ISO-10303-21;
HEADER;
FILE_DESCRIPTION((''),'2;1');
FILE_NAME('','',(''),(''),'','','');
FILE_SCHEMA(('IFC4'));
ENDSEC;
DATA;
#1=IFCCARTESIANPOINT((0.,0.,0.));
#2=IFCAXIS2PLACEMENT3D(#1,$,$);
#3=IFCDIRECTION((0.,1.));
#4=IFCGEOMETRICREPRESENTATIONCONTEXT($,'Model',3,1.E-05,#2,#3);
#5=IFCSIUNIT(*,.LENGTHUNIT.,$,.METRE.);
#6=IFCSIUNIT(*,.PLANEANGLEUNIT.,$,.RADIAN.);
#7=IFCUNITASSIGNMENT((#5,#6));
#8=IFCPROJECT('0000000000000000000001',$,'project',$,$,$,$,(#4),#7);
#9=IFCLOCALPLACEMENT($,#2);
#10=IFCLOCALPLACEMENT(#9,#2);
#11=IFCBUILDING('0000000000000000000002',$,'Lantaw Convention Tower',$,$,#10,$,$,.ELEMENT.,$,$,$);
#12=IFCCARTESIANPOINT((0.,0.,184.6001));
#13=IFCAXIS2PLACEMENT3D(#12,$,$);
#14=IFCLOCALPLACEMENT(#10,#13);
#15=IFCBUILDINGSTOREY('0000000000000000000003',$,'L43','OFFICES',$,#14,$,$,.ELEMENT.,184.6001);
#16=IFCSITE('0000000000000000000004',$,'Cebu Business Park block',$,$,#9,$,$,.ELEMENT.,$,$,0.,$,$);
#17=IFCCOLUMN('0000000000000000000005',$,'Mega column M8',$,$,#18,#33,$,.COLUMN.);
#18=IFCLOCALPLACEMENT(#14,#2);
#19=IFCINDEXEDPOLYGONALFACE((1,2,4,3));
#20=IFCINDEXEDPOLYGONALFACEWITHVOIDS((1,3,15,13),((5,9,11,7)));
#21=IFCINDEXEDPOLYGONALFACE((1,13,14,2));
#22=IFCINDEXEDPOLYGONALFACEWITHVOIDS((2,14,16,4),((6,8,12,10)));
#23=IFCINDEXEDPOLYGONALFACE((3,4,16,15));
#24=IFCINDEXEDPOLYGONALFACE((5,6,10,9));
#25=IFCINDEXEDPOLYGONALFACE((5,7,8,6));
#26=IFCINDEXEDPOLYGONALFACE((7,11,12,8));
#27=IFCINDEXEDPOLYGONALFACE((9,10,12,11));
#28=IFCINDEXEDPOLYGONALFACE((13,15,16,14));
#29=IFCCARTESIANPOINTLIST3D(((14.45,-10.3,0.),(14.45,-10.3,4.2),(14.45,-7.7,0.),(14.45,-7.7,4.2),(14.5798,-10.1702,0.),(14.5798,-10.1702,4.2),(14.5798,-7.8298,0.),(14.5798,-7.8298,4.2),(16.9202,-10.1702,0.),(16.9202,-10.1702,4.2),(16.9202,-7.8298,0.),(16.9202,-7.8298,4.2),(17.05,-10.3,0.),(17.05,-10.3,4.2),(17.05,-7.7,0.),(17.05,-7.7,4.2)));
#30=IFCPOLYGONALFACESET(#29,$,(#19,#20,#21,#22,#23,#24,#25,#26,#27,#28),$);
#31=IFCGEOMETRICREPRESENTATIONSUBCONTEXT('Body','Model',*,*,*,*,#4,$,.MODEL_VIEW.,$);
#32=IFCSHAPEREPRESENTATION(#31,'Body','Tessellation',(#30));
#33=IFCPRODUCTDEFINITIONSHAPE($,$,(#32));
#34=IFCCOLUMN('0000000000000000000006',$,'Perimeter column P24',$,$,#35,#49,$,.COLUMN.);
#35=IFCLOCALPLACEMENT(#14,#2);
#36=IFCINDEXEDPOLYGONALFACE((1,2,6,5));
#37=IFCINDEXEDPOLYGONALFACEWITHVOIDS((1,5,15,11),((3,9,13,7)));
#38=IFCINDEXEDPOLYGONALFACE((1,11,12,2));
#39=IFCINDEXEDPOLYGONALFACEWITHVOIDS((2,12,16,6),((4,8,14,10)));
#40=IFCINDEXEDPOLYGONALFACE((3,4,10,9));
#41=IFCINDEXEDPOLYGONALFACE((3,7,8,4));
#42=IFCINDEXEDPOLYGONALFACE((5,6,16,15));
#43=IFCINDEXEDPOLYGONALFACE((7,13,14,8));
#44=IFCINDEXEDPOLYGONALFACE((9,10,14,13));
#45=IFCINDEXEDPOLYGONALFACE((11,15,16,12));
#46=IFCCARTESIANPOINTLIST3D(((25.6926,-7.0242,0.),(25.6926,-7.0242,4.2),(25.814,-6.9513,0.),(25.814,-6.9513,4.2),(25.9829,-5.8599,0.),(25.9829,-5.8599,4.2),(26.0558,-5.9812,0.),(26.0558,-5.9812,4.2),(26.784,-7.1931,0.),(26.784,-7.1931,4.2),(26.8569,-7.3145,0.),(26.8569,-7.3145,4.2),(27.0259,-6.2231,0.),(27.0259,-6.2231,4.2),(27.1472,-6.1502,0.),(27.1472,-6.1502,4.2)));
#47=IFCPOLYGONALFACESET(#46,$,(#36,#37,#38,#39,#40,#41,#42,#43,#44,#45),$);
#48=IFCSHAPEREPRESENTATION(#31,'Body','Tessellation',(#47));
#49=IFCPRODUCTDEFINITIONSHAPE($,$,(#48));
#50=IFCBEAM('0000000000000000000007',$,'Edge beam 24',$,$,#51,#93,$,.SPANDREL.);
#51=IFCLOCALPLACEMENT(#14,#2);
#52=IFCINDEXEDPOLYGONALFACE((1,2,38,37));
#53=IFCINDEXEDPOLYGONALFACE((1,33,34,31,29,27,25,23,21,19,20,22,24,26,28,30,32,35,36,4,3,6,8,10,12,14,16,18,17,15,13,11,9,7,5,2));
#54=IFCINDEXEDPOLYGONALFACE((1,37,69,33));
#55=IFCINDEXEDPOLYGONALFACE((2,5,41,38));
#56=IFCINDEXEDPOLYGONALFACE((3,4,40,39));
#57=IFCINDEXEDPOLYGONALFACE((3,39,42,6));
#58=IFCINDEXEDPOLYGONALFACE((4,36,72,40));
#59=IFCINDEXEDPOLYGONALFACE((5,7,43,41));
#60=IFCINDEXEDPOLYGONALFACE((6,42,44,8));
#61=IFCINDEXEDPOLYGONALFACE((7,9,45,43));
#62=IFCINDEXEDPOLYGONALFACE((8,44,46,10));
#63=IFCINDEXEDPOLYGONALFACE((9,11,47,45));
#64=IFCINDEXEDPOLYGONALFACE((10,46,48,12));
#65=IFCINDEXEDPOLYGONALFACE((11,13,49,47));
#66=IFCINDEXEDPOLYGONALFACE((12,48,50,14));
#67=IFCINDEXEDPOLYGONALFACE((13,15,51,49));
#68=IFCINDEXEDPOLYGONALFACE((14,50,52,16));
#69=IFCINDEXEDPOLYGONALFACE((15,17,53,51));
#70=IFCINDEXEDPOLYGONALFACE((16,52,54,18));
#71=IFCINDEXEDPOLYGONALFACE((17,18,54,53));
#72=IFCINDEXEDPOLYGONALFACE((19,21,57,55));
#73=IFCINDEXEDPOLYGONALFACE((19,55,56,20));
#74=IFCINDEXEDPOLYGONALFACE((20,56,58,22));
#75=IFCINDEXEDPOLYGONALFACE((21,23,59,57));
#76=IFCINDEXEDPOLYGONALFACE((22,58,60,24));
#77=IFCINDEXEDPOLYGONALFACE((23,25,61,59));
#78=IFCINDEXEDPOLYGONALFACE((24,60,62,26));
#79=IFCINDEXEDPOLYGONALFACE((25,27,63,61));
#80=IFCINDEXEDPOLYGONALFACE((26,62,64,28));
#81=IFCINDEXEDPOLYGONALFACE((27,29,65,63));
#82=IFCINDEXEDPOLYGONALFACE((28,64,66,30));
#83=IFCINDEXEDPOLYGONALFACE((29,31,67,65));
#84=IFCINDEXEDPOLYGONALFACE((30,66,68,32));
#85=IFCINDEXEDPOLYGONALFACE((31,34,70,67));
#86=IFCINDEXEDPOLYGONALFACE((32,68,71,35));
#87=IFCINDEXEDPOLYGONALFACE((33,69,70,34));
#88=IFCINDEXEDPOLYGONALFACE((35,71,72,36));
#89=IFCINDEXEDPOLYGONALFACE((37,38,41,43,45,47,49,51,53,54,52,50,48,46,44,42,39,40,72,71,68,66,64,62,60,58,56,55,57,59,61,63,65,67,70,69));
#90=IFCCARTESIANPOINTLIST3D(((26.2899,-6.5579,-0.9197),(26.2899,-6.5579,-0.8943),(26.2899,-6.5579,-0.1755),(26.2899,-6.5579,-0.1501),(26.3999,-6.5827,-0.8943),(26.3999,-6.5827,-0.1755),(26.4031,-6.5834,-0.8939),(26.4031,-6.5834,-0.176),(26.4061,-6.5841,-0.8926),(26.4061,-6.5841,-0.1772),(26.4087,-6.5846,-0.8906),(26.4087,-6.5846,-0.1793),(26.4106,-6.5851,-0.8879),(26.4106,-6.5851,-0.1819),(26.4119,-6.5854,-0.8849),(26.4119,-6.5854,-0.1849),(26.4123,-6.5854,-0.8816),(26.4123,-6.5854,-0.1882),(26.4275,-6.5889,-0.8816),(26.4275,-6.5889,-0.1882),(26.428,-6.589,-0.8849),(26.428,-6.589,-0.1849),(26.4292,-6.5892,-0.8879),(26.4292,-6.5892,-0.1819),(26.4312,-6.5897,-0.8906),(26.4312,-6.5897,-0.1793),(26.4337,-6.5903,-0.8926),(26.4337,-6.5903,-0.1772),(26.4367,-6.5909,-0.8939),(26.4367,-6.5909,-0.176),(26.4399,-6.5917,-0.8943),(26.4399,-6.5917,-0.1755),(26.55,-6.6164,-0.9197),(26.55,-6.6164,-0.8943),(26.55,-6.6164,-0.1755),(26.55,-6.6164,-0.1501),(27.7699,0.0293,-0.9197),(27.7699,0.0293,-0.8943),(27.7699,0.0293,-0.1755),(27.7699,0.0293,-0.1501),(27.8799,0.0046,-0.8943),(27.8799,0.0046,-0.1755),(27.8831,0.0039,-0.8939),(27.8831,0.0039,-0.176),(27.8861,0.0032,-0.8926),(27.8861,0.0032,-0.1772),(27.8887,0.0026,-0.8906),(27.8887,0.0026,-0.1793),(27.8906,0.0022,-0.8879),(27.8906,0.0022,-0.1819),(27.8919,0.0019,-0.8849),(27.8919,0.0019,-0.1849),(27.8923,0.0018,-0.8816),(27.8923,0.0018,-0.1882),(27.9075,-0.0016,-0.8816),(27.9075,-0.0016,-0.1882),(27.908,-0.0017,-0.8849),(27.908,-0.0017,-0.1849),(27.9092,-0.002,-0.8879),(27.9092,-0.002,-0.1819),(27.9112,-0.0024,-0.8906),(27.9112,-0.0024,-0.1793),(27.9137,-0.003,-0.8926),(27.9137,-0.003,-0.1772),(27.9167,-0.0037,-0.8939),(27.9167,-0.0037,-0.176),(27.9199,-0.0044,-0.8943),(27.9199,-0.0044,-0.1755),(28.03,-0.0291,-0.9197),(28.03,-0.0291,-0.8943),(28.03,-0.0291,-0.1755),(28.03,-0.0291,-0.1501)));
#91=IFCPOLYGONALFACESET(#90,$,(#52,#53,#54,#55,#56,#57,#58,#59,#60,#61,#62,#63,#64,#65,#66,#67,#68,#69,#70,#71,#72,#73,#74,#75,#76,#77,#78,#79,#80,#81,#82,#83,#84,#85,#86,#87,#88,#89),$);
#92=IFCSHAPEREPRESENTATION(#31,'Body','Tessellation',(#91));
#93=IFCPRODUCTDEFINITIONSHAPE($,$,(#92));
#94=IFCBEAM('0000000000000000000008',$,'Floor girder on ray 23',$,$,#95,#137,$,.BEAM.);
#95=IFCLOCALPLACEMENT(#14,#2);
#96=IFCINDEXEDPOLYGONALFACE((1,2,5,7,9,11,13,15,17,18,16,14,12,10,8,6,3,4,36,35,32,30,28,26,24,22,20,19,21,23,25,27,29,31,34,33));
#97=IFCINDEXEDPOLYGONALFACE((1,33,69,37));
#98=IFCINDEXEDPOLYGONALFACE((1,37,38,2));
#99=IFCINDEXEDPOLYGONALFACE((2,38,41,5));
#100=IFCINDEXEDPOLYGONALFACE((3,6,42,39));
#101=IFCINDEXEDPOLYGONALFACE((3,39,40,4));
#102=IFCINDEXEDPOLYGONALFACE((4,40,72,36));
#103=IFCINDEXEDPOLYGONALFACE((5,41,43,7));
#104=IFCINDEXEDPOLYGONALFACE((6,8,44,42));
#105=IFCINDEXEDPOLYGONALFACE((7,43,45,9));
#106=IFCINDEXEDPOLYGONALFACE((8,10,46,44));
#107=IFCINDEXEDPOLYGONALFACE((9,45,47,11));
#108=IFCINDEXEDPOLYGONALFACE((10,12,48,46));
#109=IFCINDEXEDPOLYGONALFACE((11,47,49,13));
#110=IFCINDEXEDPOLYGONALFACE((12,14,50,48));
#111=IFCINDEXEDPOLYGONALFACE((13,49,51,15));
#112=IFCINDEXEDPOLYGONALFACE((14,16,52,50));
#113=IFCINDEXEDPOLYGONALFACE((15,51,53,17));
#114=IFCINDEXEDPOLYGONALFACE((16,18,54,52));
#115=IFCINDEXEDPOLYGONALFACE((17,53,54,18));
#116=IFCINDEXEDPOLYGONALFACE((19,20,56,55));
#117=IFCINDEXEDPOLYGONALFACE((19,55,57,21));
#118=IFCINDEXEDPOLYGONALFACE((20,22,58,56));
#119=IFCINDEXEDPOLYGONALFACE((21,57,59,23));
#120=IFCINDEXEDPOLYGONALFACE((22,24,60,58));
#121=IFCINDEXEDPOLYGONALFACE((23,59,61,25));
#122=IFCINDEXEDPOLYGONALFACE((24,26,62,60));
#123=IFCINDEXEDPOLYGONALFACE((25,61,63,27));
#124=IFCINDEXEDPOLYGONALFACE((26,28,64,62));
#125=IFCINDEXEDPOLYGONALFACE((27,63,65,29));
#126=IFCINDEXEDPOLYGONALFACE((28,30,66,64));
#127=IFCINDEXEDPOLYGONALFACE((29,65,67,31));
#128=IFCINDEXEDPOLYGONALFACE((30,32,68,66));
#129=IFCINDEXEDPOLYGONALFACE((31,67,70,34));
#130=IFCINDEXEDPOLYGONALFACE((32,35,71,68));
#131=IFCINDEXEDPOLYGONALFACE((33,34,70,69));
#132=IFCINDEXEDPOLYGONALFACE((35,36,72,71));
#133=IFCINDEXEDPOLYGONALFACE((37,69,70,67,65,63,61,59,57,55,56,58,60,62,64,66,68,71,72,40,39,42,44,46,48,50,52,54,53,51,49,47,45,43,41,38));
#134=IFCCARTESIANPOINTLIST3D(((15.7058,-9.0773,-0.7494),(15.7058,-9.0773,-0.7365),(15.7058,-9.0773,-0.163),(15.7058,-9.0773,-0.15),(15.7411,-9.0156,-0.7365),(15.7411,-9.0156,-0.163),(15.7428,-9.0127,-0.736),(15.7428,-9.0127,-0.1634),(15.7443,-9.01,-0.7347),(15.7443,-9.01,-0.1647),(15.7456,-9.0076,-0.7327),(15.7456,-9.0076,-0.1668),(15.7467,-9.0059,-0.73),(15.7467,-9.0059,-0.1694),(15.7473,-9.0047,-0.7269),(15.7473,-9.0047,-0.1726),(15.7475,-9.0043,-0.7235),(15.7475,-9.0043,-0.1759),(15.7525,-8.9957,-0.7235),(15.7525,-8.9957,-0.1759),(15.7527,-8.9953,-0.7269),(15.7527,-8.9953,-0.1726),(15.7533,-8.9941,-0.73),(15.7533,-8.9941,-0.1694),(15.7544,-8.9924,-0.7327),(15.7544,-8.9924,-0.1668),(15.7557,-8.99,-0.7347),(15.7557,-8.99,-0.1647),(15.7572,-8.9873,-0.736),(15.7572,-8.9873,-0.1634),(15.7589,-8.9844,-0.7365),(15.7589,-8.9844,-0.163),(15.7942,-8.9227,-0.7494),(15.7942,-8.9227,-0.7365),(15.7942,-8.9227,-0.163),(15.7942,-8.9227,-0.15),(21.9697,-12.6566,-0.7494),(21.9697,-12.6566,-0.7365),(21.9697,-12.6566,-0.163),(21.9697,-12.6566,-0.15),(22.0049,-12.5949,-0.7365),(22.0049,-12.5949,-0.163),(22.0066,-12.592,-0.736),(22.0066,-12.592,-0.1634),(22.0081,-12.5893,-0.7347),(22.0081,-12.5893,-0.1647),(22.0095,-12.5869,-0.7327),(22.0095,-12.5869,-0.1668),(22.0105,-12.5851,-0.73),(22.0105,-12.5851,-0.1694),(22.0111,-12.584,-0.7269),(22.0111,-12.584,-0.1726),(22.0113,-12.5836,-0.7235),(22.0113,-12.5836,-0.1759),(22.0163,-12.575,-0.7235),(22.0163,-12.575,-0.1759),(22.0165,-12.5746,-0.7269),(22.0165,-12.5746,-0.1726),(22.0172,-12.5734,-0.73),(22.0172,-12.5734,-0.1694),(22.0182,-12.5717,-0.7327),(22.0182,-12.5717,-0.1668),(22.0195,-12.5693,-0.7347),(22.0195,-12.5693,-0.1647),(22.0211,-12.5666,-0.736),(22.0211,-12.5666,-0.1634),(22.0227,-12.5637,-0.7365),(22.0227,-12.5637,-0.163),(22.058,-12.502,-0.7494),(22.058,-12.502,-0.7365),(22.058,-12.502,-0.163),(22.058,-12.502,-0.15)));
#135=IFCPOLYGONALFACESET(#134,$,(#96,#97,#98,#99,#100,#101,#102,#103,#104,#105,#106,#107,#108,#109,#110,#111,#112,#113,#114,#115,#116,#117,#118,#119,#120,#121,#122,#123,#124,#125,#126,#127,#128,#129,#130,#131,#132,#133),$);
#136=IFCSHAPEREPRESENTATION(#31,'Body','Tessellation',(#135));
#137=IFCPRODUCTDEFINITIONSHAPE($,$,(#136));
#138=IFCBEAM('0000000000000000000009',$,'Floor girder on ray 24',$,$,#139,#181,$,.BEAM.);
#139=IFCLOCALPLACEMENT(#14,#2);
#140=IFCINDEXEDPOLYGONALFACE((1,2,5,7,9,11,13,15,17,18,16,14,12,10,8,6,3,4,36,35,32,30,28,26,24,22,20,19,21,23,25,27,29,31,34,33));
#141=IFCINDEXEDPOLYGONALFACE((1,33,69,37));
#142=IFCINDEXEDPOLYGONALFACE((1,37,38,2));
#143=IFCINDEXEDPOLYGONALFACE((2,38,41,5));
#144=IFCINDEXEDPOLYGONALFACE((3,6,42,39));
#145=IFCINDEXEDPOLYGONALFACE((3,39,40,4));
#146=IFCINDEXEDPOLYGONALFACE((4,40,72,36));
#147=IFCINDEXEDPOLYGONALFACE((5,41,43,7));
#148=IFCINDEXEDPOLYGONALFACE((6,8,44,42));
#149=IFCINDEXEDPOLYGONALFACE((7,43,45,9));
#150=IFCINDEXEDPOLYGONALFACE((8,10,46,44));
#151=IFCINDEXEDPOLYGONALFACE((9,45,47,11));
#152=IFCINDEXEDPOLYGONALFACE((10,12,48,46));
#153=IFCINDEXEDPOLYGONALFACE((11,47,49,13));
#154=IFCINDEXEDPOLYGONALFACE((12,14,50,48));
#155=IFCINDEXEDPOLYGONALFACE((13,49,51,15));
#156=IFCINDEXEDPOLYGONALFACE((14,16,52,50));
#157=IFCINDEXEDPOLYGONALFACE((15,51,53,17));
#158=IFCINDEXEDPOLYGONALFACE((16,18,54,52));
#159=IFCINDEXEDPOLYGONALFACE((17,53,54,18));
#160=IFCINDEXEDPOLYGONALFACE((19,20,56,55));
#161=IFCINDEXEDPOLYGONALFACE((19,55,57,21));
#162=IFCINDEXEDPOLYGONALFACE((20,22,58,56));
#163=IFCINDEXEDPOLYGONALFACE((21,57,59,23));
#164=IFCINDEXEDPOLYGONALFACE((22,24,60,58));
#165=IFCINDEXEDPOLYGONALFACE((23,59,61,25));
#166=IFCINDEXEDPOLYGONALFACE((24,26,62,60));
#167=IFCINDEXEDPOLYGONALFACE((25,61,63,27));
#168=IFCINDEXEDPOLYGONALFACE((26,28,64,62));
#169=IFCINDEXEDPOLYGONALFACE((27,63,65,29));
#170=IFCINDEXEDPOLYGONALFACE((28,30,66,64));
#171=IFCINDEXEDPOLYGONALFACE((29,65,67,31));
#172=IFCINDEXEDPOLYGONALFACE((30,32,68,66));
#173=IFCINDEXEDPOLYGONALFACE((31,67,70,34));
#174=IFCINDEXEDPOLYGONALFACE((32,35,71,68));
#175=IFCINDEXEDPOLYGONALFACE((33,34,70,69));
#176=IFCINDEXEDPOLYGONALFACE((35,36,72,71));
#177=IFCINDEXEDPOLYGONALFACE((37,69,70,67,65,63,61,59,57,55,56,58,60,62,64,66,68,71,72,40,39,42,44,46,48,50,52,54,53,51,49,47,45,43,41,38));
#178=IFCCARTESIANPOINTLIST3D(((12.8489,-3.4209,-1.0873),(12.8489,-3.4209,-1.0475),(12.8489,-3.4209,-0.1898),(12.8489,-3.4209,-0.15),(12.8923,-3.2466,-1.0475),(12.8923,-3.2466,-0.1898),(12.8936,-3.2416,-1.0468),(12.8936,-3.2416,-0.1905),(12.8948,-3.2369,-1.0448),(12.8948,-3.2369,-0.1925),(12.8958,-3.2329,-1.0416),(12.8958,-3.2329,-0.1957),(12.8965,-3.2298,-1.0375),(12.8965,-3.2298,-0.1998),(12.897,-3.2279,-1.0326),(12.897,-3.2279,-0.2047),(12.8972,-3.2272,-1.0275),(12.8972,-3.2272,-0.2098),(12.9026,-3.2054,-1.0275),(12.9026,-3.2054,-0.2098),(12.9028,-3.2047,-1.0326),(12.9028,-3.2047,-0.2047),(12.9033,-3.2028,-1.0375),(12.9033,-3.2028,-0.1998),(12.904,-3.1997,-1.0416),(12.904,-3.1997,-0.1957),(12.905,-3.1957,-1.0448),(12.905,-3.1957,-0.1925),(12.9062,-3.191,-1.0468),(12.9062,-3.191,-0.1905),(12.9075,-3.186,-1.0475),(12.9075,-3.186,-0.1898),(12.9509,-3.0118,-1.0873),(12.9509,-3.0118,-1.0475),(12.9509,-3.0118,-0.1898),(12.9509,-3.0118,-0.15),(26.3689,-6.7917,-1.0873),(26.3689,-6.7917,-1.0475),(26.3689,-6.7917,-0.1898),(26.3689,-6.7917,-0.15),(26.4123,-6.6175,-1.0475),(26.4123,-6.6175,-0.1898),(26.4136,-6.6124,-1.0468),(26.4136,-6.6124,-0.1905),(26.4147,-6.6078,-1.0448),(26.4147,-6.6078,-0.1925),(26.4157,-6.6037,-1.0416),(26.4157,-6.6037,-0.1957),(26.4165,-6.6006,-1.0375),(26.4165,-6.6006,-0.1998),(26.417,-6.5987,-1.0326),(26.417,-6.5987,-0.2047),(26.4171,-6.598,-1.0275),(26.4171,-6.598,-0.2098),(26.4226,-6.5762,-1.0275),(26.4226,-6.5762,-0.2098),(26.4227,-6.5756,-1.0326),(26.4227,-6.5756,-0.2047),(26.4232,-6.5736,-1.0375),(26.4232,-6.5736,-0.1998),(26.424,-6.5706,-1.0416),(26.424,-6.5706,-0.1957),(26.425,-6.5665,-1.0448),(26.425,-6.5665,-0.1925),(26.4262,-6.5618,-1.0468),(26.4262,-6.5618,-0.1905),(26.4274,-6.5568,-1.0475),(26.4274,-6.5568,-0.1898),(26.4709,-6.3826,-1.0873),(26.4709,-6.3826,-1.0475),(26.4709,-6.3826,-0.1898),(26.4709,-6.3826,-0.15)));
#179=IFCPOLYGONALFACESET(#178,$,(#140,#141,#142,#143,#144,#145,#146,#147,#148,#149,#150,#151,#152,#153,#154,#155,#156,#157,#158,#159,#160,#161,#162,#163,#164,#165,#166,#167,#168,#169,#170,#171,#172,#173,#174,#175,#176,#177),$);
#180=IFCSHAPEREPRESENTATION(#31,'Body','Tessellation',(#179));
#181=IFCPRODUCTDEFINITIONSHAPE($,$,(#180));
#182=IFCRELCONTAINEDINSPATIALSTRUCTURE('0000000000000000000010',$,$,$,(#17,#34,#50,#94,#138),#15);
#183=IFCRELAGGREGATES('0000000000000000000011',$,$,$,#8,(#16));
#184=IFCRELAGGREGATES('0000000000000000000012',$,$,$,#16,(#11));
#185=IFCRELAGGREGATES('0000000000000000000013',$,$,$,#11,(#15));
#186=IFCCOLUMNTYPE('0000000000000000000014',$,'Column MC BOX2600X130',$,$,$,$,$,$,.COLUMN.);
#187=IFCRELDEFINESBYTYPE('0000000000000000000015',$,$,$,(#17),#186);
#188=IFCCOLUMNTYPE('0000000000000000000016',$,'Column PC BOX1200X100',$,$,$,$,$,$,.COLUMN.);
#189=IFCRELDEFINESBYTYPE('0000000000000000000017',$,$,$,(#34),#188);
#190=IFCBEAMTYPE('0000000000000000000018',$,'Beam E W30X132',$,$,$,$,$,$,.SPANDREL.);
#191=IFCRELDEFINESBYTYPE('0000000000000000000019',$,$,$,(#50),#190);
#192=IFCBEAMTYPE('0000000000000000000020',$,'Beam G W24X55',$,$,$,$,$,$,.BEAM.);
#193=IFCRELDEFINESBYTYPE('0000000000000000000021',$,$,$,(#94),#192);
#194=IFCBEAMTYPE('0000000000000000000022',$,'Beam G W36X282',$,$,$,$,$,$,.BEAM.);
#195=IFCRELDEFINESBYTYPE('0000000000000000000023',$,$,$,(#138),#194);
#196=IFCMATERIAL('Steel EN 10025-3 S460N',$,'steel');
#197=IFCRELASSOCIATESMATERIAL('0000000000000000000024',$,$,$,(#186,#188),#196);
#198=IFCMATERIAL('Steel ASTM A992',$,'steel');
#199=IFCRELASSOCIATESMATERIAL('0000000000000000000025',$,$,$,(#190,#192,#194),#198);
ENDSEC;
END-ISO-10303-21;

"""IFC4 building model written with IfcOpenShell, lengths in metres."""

from ifc_helpers import new_model, si_unit, direction, frame, origin, origin_2d, place, context, subcontext, project, spatial, rectangle, hollow_rectangle, i_section, extrude, material, material_profile, profile_set, type_object, element, save


model = new_model("IFC4")

# Units and contexts
model_context = context("Model", 3, precision=1e-05, world=origin(), true_north=direction((0.0, 1.0)))
body_context = subcontext(model_context, "Body", "Model", "MODEL_VIEW")
ifc_project = project(units=[si_unit("LENGTHUNIT", "METRE"), si_unit("PLANEANGLEUNIT", "RADIAN")], contexts=[model_context])

# Site, building, storey
site_placement = place(None, origin())
site = spatial("IfcSite", under=ifc_project, at=site_placement, Name="Cebu Business Park block", CompositionType="ELEMENT", RefElevation=0.0)
building_placement = place(site_placement, origin())
building = spatial("IfcBuilding", under=site, at=building_placement, Name="Lantaw Convention Tower", CompositionType="ELEMENT")
storey_placement = place(building_placement, frame((0.0, 0.0, 184.6001)))
storey = spatial("IfcBuildingStorey", under=building, at=storey_placement, Name="L43", Description="OFFICES", CompositionType="ELEMENT", Elevation=184.6001)

# Columns
ifc_material_1 = material(Name="Steel EN 10025-3 S460N", Category="steel")
ifc_material_profile_1 = material_profile(ifc_material_1, hollow_rectangle(XDim=2.6001, YDim=2.6001, WallThickness=0.1299, at=origin_2d()), Name="BOX2600X130")
ifc_material_2 = material(Name="Concrete C60/75", Category="concrete")
ifc_material_profile_2 = material_profile(ifc_material_2, rectangle(XDim=2.3401, YDim=2.3401, at=origin_2d()), Name="Concrete fill of BOX2600X130")
ifc_profile_set_1 = profile_set([ifc_material_profile_1, ifc_material_profile_2], Name="Steel EN 10025-3 S460N")
column_type_1 = type_object("IfcColumnType", Name="Column MC BOX2600X130", PredefinedType="COLUMN", material=ifc_profile_set_1)
column_1_placement = place(storey_placement, frame((15.75, -9.0, 0.0), z_axis=(0.0, 0.0, 1.0), x_axis=(1.0, 0.0, 0.0)))
element("IfcColumn", 1, at=column_1_placement, inside=storey, type_object=column_type_1, Name="Mega column M8", PredefinedType="COLUMN", context=body_context, shape_type="SweptSolid", body=[
    extrude(hollow_rectangle(XDim=2.6001, YDim=2.6001, WallThickness=0.1299, at=origin_2d()), origin(), (0.0, 0.0, 1.0), 4.2),
])
ifc_material_profile_3 = material_profile(ifc_material_1, hollow_rectangle(XDim=1.2, YDim=1.2, WallThickness=0.1001, at=origin_2d()), Name="BOX1200X100")
ifc_material_profile_4 = material_profile(ifc_material_2, rectangle(XDim=1.0, YDim=1.0, at=origin_2d()), Name="Concrete fill of BOX1200X100")
ifc_profile_set_2 = profile_set([ifc_material_profile_3, ifc_material_profile_4], Name="Steel EN 10025-3 S460N")
column_type_2 = type_object("IfcColumnType", Name="Column PC BOX1200X100", PredefinedType="COLUMN", material=ifc_profile_set_2)
column_2_placement = place(storey_placement, frame((26.4199, -6.5872, 0.0), z_axis=(0.0, 0.0, 1.0), x_axis=(0.241922, 0.970296, 0.0)))
element("IfcColumn", 2, at=column_2_placement, inside=storey, type_object=column_type_2, Name="Perimeter column P24", PredefinedType="COLUMN", context=body_context, shape_type="SweptSolid", body=[
    extrude(hollow_rectangle(XDim=1.2, YDim=1.2, WallThickness=0.1001, at=origin_2d()), origin(), (0.0, 0.0, 1.0), 4.2),
])

# Beams
ifc_material_3 = material(Name="Steel ASTM A992", Category="steel")
ifc_material_profile_5 = material_profile(ifc_material_3, i_section(OverallWidth=0.2666, OverallDepth=0.7695, WebThickness=0.0156, FlangeThickness=0.0254, FilletRadius=0.0127, at=origin_2d()), Name="W30X132")
ifc_profile_set_3 = profile_set([ifc_material_profile_5], Name="Steel ASTM A992")
beam_type_1 = type_object("IfcBeamType", Name="Beam E W30X132", PredefinedType="SPANDREL", material=ifc_profile_set_3)
beam_1_placement = place(storey_placement, frame((26.4199, -6.5872, -0.5349), z_axis=(0.219212, 0.975677, 0.0), x_axis=(-0.975677, 0.219212, 0.0)))
element("IfcBeam", 3, at=beam_1_placement, inside=storey, type_object=beam_type_1, Name="Edge beam 24", PredefinedType="SPANDREL", context=body_context, shape_type="SweptSolid", body=[
    extrude(i_section(OverallWidth=0.2666, OverallDepth=0.7695, WebThickness=0.0156, FlangeThickness=0.0254, FilletRadius=0.0127, at=origin_2d()), origin(), (0.0, 0.0, 1.0), 6.7515),
])
ifc_material_profile_6 = material_profile(ifc_material_3, i_section(OverallWidth=0.178, OverallDepth=0.5994, WebThickness=0.01, FlangeThickness=0.0129, FilletRadius=0.0129, at=origin_2d()), Name="W24X55")
ifc_profile_set_4 = profile_set([ifc_material_profile_6], Name="Steel ASTM A992")
beam_type_2 = type_object("IfcBeamType", Name="Beam G W24X55", PredefinedType="BEAM", material=ifc_profile_set_4)
beam_2_placement = place(storey_placement, frame((15.75, -9.0, -0.4497), z_axis=(0.868245, -0.496135, 0.0), x_axis=(0.496135, 0.868245, 0.0)))
element("IfcBeam", 4, at=beam_2_placement, inside=storey, type_object=beam_type_2, Name="Floor girder on ray 23", PredefinedType="BEAM", context=body_context, shape_type="SweptSolid", body=[
    extrude(i_section(OverallWidth=0.178, OverallDepth=0.5994, WebThickness=0.01, FlangeThickness=0.0129, FilletRadius=0.0129, at=origin_2d()), origin(), (0.0, 0.0, 1.0), 7.2144),
])
ifc_material_profile_7 = material_profile(ifc_material_3, i_section(OverallWidth=0.4216, OverallDepth=0.9373, WebThickness=0.0225, FlangeThickness=0.0398, FilletRadius=0.02, at=origin_2d()), Name="W36X282")
ifc_profile_set_5 = profile_set([ifc_material_profile_7], Name="Steel ASTM A992")
beam_type_3 = type_object("IfcBeamType", Name="Beam G W36X282", PredefinedType="BEAM", material=ifc_profile_set_5)
beam_3_placement = place(storey_placement, frame((12.8999, -3.2163, -0.6187), z_axis=(0.970297, -0.241917, 0.0), x_axis=(0.241917, 0.970297, 0.0)))
element("IfcBeam", 5, at=beam_3_placement, inside=storey, type_object=beam_type_3, Name="Floor girder on ray 24", PredefinedType="BEAM", context=body_context, shape_type="SweptSolid", body=[
    extrude(i_section(OverallWidth=0.4216, OverallDepth=0.9373, WebThickness=0.0225, FlangeThickness=0.0398, FilletRadius=0.02, at=origin_2d()), origin(), (0.0, 0.0, 1.0), 13.9338),
])

save(model, "model.ifc")
